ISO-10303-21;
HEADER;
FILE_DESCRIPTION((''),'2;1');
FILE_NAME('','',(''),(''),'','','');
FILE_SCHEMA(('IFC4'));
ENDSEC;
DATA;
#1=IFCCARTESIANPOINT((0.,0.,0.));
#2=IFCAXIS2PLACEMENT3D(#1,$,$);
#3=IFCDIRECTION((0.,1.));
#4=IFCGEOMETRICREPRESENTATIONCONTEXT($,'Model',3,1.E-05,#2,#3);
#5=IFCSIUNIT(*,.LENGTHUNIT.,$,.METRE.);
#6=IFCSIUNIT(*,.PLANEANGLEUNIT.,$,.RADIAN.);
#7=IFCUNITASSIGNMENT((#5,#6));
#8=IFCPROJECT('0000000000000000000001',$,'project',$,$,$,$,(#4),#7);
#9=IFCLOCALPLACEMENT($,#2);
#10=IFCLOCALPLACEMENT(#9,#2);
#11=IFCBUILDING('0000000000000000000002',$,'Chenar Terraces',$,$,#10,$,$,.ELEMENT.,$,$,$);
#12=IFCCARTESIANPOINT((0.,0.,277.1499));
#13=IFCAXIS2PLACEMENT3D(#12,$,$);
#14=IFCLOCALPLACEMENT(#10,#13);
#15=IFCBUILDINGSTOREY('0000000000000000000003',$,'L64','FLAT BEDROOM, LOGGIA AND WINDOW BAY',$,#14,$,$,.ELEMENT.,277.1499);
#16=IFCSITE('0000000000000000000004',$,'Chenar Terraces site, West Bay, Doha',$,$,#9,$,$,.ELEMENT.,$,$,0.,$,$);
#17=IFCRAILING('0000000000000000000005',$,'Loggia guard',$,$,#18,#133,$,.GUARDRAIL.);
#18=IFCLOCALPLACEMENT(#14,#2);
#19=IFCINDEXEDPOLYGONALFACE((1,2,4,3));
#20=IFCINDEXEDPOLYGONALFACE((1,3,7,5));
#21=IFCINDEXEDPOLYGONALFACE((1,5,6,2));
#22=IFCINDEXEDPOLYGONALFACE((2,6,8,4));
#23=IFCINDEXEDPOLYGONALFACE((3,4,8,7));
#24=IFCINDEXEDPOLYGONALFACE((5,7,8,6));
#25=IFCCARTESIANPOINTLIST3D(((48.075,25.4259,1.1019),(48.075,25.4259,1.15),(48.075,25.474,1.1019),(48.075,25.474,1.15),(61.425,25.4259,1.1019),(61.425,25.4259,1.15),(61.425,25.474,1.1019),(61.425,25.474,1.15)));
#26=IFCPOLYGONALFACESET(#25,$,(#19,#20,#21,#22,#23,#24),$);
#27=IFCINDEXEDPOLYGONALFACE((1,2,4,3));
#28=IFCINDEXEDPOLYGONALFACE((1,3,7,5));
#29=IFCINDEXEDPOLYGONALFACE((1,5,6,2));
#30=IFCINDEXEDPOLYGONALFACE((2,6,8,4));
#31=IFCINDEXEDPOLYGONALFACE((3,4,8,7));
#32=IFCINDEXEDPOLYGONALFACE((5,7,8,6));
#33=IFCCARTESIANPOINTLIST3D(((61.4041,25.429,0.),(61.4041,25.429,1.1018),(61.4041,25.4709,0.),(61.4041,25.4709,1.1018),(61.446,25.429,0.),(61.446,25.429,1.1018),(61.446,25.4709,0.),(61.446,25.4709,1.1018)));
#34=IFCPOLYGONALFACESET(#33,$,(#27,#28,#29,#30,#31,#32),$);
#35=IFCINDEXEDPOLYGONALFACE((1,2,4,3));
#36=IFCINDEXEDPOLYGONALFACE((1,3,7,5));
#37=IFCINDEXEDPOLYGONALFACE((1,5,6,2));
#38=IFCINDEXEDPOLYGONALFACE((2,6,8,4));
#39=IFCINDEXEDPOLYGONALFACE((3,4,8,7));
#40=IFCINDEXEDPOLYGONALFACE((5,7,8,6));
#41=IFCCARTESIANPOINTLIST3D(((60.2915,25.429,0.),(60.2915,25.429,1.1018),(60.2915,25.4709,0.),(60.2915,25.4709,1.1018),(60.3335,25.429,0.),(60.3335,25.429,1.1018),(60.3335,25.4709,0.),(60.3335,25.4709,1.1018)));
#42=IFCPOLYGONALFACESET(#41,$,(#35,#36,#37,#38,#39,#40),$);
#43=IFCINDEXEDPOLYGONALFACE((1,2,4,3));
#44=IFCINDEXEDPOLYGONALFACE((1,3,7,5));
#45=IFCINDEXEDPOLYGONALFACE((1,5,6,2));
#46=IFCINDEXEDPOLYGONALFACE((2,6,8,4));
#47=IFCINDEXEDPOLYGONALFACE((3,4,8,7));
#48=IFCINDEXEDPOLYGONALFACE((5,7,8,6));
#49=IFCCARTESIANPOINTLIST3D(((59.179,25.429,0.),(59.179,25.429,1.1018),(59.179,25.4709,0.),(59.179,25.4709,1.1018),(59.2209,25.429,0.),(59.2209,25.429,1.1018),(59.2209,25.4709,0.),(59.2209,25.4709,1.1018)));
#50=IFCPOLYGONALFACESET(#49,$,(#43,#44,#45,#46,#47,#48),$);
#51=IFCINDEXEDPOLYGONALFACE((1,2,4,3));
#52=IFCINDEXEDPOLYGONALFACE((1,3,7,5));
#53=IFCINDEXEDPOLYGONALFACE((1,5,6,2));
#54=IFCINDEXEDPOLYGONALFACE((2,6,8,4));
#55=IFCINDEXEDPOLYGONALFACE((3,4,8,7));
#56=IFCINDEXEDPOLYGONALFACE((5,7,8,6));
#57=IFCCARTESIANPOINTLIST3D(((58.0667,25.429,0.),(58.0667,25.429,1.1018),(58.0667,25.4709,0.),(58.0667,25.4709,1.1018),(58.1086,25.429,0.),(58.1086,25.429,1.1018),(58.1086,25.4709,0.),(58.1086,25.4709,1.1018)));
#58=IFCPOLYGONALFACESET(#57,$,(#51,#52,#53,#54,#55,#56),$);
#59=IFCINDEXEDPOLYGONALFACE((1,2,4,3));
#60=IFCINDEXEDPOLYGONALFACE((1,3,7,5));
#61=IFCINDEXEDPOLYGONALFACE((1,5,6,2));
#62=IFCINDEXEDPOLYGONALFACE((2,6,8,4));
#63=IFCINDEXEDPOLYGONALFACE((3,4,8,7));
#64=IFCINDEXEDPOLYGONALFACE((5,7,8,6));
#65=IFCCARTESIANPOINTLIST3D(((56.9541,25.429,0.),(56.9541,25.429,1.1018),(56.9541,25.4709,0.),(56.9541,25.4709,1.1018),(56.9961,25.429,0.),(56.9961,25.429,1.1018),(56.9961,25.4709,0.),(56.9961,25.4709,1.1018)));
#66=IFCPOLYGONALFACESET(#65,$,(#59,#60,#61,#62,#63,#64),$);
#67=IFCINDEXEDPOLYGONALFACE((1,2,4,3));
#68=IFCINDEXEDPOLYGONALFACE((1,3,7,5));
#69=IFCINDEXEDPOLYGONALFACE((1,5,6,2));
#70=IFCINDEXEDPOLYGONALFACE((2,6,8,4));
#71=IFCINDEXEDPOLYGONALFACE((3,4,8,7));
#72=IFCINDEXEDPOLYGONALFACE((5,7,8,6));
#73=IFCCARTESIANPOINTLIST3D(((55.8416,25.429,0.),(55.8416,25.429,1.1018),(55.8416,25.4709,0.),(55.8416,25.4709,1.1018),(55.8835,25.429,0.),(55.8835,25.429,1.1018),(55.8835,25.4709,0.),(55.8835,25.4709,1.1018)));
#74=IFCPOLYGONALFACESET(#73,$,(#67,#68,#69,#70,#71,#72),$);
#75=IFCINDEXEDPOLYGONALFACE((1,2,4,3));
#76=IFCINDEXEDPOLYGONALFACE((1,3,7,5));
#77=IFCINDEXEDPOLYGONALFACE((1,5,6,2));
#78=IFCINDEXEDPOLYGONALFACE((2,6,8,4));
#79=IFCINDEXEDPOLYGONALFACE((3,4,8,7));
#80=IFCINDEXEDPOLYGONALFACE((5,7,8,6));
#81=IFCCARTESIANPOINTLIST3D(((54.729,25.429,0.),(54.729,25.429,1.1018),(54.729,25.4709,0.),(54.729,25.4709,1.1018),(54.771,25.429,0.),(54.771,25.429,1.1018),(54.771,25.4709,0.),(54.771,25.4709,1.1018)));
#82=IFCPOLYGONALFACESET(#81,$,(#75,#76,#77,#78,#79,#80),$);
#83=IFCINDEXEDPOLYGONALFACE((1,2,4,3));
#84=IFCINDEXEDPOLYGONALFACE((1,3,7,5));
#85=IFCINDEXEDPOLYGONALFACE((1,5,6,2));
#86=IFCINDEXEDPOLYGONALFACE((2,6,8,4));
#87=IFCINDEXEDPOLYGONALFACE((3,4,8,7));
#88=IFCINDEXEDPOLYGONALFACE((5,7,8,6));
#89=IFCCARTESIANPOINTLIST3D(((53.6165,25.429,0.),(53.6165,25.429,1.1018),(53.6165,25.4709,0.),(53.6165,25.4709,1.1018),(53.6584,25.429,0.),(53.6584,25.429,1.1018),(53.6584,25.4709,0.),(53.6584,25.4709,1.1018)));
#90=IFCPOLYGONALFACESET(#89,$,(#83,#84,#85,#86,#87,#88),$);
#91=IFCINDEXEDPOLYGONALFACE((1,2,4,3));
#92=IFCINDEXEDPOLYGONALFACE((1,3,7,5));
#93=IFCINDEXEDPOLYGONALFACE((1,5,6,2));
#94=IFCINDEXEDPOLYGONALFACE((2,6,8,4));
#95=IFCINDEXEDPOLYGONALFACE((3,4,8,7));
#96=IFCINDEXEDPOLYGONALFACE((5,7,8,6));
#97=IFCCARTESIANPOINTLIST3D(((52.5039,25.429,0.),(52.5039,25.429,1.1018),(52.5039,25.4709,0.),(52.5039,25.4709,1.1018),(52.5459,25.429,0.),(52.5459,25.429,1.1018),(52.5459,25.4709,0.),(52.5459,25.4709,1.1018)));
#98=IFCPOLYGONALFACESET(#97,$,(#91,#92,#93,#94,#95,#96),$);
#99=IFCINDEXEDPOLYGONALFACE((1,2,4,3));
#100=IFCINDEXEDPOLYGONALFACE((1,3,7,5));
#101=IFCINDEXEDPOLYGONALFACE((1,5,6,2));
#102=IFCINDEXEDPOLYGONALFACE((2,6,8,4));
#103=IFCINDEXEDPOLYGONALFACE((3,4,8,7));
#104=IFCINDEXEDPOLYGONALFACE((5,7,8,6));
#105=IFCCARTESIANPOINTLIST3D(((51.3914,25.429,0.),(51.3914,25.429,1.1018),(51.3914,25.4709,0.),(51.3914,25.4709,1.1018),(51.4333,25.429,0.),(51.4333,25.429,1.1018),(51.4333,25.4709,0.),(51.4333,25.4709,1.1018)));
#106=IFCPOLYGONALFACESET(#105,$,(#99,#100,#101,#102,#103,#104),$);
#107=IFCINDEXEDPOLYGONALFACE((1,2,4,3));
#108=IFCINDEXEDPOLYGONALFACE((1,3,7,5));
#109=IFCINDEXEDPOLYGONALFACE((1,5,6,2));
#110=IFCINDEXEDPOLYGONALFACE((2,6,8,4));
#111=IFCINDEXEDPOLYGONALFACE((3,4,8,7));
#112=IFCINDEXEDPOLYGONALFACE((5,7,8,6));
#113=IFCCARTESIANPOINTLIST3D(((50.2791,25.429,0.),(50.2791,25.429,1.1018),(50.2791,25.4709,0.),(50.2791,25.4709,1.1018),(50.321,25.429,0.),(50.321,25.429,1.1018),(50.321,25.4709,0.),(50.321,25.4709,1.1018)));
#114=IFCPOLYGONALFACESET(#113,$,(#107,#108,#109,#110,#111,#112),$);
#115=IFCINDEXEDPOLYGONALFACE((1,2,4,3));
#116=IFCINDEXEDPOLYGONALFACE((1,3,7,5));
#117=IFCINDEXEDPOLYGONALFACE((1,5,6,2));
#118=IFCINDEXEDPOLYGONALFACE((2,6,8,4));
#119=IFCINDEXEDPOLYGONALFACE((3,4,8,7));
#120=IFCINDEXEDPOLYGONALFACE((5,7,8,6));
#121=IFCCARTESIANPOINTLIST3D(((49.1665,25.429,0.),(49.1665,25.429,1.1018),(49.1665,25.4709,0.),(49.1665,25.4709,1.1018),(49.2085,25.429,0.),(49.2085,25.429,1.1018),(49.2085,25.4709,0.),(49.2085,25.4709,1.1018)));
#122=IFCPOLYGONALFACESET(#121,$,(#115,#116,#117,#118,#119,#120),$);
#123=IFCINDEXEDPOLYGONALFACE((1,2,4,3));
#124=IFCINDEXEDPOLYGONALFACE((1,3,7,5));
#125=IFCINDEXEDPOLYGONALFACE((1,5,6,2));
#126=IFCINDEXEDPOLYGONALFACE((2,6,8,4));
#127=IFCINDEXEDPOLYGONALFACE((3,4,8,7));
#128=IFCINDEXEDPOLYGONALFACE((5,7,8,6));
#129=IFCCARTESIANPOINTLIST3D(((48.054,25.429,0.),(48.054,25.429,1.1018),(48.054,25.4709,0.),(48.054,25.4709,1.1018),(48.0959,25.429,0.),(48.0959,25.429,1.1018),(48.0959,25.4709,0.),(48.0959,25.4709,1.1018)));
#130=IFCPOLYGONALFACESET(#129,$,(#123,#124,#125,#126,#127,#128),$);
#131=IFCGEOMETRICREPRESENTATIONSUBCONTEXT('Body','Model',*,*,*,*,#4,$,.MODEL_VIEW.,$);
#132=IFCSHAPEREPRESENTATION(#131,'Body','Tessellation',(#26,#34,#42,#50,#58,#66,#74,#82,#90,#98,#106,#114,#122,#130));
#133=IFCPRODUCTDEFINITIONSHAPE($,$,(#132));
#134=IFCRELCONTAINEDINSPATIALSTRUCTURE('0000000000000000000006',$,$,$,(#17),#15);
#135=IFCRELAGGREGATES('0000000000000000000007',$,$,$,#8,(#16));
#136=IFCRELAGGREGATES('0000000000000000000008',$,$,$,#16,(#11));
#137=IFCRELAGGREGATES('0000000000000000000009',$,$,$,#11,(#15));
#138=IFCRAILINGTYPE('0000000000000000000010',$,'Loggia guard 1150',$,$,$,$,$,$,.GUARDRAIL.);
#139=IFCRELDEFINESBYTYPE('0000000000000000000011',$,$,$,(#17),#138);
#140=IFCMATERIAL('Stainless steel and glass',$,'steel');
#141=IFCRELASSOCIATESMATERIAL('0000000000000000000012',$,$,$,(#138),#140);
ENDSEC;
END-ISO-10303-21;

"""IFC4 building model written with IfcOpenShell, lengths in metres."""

from ifc_helpers import new_model, si_unit, direction, frame, origin, origin_2d, place, context, subcontext, project, spatial, rectangle, extrude, material, type_object, element, save


model = new_model("IFC4")

# Units and contexts
model_context = context("Model", 3, precision=1e-05, world=origin(), true_north=direction((0.0, 1.0)))
body_context = subcontext(model_context, "Body", "Model", "MODEL_VIEW")
ifc_project = project(units=[si_unit("LENGTHUNIT", "METRE"), si_unit("PLANEANGLEUNIT", "RADIAN")], contexts=[model_context])

# Site, building, storey
site_placement = place(None, origin())
site = spatial("IfcSite", under=ifc_project, at=site_placement, Name="Chenar Terraces site, West Bay, Doha", CompositionType="ELEMENT", RefElevation=0.0)
building_placement = place(site_placement, origin())
building = spatial("IfcBuilding", under=site, at=building_placement, Name="Chenar Terraces", CompositionType="ELEMENT")
storey_placement = place(building_placement, frame((0.0, 0.0, 277.1499)))
storey = spatial("IfcBuildingStorey", under=building, at=storey_placement, Name="L64", Description="FLAT BEDROOM, LOGGIA AND WINDOW BAY", CompositionType="ELEMENT", Elevation=277.1499)

# Railing
ifc_material_1 = material(Name="Stainless steel and glass", Category="steel")
railing_type_1 = type_object("IfcRailingType", Name="Loggia guard 1150", PredefinedType="GUARDRAIL", material=ifc_material_1)
railing_1_placement = place(storey_placement, frame((61.425, 25.45, 0.0)))
element("IfcRailing", 1, at=railing_1_placement, inside=storey, type_object=railing_type_1, Name="Loggia guard", PredefinedType="GUARDRAIL", context=body_context, shape_type="SweptSolid", body=[
    extrude(rectangle(XDim=0.0481, YDim=0.0481, at=origin_2d()), frame((0.0, 0.0, 1.126), z_axis=(-1.0, 0.0, 0.0), x_axis=(0.0, -1.0, 0.0)), (0.0, 0.0, 1.0), 13.3501),
    extrude(rectangle(XDim=0.042, YDim=0.042, at=origin_2d()), origin(), (0.0, 0.0, 1.0), 1.1018),
    extrude(rectangle(XDim=0.042, YDim=0.042, at=origin_2d()), frame((-1.1125, 0.0, 0.0)), (0.0, 0.0, 1.0), 1.1018),
    extrude(rectangle(XDim=0.042, YDim=0.042, at=origin_2d()), frame((-2.2251, 0.0, 0.0)), (0.0, 0.0, 1.0), 1.1018),
    extrude(rectangle(XDim=0.042, YDim=0.042, at=origin_2d()), frame((-3.3374, 0.0, 0.0)), (0.0, 0.0, 1.0), 1.1018),
    extrude(rectangle(XDim=0.042, YDim=0.042, at=origin_2d()), frame((-4.45, 0.0, 0.0)), (0.0, 0.0, 1.0), 1.1018),
    extrude(rectangle(XDim=0.042, YDim=0.042, at=origin_2d()), frame((-5.5625, 0.0, 0.0)), (0.0, 0.0, 1.0), 1.1018),
    extrude(rectangle(XDim=0.042, YDim=0.042, at=origin_2d()), frame((-6.675, 0.0, 0.0)), (0.0, 0.0, 1.0), 1.1018),
    extrude(rectangle(XDim=0.042, YDim=0.042, at=origin_2d()), frame((-7.7876, 0.0, 0.0)), (0.0, 0.0, 1.0), 1.1018),
    extrude(rectangle(XDim=0.042, YDim=0.042, at=origin_2d()), frame((-8.9001, 0.0, 0.0)), (0.0, 0.0, 1.0), 1.1018),
    extrude(rectangle(XDim=0.042, YDim=0.042, at=origin_2d()), frame((-10.0127, 0.0, 0.0)), (0.0, 0.0, 1.0), 1.1018),
    extrude(rectangle(XDim=0.042, YDim=0.042, at=origin_2d()), frame((-11.125, 0.0, 0.0)), (0.0, 0.0, 1.0), 1.1018),
    extrude(rectangle(XDim=0.042, YDim=0.042, at=origin_2d()), frame((-12.2375, 0.0, 0.0)), (0.0, 0.0, 1.0), 1.1018),
    extrude(rectangle(XDim=0.042, YDim=0.042, at=origin_2d()), frame((-13.3501, 0.0, 0.0)), (0.0, 0.0, 1.0), 1.1018),
])

save(model, "model.ifc")
